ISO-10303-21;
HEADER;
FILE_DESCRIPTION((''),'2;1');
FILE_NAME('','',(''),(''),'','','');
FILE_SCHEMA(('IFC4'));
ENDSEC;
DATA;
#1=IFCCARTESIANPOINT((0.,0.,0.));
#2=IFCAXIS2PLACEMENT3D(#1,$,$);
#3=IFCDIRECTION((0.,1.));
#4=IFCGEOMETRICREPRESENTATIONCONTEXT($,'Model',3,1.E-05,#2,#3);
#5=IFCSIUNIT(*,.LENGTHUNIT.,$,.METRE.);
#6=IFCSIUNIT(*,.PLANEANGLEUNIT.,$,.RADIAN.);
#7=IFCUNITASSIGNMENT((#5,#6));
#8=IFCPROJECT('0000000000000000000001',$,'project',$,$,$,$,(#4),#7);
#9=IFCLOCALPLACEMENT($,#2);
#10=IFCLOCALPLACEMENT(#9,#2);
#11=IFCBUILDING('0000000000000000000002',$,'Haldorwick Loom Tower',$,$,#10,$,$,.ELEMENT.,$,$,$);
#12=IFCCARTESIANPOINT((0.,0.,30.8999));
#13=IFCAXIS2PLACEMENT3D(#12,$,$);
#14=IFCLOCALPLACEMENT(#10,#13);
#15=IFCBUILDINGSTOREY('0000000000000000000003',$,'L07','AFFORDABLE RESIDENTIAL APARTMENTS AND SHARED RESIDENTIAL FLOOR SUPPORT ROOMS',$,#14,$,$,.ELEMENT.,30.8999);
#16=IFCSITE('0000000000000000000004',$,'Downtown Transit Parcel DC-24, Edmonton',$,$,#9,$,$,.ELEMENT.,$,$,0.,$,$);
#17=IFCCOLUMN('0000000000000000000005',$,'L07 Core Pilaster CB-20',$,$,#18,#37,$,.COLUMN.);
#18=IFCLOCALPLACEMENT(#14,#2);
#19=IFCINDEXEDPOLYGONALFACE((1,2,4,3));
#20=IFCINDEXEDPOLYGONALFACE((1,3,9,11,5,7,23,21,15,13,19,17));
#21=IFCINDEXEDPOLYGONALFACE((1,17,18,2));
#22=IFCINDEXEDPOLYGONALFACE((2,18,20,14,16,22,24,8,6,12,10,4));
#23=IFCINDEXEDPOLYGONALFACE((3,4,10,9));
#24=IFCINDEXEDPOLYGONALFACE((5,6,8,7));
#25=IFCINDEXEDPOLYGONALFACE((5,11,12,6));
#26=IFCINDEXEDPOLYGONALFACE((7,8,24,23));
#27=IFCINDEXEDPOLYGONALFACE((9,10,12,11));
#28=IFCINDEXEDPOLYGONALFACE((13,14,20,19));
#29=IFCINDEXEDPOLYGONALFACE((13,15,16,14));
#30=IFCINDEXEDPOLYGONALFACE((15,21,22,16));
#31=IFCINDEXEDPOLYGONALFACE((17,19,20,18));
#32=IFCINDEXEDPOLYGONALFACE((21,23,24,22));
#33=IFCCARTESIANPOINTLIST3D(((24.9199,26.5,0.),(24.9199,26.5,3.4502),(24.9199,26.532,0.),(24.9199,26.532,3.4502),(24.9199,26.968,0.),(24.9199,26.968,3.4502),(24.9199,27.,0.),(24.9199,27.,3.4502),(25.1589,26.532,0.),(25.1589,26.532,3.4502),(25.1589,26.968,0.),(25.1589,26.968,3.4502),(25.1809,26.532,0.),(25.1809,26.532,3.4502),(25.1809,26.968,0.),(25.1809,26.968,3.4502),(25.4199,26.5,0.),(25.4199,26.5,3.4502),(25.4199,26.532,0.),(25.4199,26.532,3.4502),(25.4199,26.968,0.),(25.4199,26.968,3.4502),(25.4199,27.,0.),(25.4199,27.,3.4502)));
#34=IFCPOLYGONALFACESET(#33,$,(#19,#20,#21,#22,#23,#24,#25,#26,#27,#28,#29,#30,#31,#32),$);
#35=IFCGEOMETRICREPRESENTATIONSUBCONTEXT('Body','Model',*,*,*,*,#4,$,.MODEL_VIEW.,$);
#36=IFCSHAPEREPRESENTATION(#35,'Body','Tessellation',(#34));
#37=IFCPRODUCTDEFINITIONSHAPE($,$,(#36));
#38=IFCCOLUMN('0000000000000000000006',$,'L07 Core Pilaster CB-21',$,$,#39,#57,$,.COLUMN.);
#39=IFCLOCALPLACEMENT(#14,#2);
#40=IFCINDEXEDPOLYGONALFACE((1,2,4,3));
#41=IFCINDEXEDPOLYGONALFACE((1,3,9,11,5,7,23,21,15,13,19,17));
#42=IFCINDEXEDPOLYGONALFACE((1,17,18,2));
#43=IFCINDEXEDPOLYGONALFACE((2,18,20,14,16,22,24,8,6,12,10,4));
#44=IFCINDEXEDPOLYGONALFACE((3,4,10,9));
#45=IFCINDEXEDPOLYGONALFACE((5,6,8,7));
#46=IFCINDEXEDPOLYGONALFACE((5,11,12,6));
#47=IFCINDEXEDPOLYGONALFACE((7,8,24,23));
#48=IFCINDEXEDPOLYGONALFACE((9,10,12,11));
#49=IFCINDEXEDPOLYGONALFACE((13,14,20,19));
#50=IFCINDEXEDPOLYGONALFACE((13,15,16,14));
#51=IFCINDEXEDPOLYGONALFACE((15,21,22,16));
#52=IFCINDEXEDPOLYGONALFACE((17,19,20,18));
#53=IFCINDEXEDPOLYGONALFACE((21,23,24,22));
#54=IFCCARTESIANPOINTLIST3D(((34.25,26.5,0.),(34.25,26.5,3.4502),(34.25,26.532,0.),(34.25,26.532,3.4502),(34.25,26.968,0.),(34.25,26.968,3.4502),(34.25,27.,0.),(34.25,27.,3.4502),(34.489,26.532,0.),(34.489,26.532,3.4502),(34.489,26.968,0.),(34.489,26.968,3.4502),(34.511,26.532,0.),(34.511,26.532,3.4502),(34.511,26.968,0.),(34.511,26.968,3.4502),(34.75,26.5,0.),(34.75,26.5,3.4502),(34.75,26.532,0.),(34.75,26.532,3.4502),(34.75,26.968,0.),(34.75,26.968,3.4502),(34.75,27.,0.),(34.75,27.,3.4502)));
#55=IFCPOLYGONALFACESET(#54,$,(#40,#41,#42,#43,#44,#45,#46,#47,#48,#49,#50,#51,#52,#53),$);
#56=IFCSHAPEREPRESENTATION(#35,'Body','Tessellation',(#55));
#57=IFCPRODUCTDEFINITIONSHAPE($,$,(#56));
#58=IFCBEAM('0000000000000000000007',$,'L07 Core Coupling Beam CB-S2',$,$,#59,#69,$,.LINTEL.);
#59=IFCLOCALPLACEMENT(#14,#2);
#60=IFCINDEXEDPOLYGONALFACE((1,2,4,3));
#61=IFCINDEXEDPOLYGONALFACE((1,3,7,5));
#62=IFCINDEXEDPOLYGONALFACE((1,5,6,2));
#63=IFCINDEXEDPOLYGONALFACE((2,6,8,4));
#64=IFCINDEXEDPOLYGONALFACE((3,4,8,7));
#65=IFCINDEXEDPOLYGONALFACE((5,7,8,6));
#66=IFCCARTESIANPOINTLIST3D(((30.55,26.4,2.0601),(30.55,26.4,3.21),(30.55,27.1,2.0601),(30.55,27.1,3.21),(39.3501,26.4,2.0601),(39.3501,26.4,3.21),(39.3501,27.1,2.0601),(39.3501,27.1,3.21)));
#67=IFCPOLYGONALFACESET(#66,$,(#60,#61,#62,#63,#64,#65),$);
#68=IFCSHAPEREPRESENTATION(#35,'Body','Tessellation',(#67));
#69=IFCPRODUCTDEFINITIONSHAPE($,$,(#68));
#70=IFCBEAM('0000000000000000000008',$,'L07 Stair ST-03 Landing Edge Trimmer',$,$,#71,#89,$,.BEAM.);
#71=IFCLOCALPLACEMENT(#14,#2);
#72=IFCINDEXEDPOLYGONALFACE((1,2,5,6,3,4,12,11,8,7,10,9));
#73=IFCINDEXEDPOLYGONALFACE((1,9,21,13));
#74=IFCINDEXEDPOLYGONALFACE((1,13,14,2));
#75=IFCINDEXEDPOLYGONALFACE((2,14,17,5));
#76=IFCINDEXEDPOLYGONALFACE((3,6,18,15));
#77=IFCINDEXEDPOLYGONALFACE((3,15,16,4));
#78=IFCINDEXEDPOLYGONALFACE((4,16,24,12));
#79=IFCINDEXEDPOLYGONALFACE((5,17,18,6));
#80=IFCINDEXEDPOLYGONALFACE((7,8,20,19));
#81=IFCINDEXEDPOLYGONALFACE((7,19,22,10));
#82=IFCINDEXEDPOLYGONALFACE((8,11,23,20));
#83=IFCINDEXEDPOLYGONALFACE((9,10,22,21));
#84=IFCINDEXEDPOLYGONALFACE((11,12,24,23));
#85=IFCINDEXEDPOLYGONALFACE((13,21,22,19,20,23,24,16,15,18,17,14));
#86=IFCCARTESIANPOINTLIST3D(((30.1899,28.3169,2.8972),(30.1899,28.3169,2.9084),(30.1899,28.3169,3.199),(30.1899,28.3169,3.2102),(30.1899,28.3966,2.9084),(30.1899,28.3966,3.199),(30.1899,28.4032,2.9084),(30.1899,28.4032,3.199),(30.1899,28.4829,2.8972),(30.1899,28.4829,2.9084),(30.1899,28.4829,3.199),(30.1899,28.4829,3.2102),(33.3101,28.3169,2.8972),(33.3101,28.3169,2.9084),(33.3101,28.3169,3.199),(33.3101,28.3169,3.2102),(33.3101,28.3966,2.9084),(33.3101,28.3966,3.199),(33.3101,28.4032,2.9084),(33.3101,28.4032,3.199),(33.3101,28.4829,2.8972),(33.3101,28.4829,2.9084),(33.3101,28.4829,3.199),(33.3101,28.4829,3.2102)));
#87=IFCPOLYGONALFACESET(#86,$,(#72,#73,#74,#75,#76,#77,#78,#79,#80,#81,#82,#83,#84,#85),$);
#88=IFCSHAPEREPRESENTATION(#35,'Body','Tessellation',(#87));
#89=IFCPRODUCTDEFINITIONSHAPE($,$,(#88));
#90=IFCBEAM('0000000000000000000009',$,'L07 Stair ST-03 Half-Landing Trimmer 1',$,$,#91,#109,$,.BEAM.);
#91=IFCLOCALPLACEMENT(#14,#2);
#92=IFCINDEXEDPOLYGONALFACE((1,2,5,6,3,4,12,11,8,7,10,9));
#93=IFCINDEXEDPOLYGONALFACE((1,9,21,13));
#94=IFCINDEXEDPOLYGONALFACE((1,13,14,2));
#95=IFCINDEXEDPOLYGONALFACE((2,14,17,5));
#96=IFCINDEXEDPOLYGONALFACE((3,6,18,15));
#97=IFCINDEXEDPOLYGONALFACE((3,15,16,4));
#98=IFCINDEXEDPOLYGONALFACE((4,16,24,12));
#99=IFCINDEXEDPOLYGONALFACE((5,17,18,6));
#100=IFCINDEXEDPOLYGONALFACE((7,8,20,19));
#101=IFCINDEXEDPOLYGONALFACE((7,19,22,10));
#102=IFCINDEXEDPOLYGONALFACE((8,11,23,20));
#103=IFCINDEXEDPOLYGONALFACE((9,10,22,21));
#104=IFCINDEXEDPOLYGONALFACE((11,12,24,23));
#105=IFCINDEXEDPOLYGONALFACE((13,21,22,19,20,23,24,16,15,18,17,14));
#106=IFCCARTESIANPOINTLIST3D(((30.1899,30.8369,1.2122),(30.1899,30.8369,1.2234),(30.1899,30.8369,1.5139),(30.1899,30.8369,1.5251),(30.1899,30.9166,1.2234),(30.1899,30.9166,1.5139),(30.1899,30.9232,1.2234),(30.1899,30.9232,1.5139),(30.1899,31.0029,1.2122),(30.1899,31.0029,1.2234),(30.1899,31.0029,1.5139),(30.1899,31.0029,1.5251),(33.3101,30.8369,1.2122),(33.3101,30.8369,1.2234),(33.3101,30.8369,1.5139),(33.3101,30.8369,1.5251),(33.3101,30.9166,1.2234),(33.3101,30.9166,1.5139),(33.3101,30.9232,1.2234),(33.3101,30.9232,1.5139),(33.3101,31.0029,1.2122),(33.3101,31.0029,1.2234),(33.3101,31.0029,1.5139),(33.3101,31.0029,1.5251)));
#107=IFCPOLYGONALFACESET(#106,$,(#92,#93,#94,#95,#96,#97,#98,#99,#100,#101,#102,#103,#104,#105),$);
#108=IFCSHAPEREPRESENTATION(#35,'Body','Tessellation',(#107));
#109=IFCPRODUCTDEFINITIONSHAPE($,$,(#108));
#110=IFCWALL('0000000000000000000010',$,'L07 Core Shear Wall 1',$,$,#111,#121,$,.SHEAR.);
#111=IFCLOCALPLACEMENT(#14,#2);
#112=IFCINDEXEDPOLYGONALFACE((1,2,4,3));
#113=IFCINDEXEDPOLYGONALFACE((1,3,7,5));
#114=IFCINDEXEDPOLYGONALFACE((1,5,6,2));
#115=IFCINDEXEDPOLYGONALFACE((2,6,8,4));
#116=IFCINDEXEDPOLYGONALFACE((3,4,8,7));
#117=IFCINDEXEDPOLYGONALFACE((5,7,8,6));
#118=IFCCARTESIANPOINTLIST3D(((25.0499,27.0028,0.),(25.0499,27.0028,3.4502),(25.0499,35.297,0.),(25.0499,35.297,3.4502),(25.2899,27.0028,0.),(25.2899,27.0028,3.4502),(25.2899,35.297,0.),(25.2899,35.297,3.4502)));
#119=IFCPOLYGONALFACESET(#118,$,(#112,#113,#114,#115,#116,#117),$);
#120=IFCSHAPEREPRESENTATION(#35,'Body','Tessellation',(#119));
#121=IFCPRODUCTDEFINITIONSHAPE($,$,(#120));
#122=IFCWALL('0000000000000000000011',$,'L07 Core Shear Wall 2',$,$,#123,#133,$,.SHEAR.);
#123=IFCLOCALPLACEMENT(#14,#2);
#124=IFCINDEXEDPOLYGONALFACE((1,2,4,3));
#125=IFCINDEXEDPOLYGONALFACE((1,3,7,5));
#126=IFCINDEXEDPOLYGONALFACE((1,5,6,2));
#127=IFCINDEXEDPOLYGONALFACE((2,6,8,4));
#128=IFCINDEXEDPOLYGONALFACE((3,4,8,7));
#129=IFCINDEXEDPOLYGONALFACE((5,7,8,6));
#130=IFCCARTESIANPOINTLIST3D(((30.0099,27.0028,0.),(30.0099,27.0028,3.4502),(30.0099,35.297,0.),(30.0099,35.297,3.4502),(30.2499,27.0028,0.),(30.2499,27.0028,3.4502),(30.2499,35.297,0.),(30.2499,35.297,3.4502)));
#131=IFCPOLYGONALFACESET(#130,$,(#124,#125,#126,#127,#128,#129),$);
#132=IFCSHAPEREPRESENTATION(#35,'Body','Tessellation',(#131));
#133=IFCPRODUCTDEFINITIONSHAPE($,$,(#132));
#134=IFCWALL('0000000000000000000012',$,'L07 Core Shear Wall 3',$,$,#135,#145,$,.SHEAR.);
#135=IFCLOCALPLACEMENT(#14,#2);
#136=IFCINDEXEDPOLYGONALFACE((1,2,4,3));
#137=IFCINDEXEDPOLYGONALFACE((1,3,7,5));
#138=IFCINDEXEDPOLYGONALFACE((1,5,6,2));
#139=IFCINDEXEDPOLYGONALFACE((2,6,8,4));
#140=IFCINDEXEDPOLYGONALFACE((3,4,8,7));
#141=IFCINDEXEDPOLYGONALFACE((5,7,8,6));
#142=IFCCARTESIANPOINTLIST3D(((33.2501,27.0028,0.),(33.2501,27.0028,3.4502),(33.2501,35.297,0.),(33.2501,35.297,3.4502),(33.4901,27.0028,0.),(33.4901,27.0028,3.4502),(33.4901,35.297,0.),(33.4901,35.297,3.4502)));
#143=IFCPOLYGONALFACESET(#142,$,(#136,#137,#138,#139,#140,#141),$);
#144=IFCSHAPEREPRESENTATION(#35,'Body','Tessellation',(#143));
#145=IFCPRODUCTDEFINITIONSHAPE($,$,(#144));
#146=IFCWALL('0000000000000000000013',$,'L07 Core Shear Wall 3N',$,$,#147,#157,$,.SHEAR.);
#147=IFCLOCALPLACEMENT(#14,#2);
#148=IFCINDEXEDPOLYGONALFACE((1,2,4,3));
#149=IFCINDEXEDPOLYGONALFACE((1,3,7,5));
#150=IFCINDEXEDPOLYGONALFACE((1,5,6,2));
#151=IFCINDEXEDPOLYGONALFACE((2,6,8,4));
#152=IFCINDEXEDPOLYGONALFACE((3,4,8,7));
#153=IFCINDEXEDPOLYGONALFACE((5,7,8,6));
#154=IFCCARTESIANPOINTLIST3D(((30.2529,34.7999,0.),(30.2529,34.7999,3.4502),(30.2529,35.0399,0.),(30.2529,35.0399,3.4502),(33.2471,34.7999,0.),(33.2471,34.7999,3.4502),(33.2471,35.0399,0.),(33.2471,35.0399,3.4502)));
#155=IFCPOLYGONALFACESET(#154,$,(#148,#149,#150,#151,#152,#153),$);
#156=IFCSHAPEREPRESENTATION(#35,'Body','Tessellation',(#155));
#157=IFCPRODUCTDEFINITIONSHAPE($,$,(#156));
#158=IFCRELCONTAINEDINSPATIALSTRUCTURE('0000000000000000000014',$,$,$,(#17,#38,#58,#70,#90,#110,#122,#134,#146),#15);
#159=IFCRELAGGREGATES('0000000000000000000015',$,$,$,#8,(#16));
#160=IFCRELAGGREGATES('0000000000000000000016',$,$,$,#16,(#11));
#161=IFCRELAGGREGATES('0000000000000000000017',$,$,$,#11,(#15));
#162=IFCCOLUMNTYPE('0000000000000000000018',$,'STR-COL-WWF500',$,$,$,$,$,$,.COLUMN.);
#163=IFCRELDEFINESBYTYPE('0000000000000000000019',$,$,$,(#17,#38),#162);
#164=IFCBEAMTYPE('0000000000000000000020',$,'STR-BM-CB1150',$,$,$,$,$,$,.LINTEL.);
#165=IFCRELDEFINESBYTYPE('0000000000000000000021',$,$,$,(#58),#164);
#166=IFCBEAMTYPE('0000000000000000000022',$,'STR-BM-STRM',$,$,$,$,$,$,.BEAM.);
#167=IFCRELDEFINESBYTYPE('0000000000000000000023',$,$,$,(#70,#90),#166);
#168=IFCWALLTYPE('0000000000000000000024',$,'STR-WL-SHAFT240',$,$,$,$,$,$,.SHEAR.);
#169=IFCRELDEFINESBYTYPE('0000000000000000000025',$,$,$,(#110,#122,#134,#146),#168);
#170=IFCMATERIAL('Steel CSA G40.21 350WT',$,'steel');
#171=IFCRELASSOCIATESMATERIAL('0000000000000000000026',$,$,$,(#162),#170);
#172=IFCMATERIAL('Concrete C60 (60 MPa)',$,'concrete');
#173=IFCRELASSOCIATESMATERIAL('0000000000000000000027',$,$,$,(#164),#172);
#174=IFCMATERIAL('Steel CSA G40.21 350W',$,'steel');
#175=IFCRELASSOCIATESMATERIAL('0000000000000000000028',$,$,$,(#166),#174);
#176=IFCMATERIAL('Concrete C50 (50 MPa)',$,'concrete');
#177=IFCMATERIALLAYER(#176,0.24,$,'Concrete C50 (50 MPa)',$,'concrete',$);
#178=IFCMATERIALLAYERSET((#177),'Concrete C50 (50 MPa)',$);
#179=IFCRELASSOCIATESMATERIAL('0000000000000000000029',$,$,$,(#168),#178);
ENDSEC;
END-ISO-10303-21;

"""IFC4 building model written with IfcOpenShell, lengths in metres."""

from ifc_helpers import new_model, si_unit, direction, frame, frame_2d, origin, origin_2d, place, context, subcontext, project, spatial, rectangle, i_section, extrude, material, layer, layer_set, material_profile, profile_set, type_object, element, save


model = new_model("IFC4")

# Units and contexts
model_context = context("Model", 3, precision=1e-05, world=origin(), true_north=direction((0.0, 1.0)))
body_context = subcontext(model_context, "Body", "Model", "MODEL_VIEW")
ifc_project = project(units=[si_unit("LENGTHUNIT", "METRE"), si_unit("PLANEANGLEUNIT", "RADIAN")], contexts=[model_context])

# Site, building, storey
site_placement = place(None, origin())
site = spatial("IfcSite", under=ifc_project, at=site_placement, Name="Downtown Transit Parcel DC-24, Edmonton", CompositionType="ELEMENT", RefElevation=0.0)
building_placement = place(site_placement, origin())
building = spatial("IfcBuilding", under=site, at=building_placement, Name="Haldorwick Loom Tower", CompositionType="ELEMENT")
storey_placement = place(building_placement, frame((0.0, 0.0, 30.8999)))
storey = spatial("IfcBuildingStorey", under=building, at=storey_placement, Name="L07", Description="AFFORDABLE RESIDENTIAL APARTMENTS AND SHARED RESIDENTIAL FLOOR SUPPORT ROOMS", CompositionType="ELEMENT", Elevation=30.8999)

# Columns
ifc_material_1 = material(Name="Steel CSA G40.21 350WT", Category="steel")
ifc_material_profile_1 = material_profile(ifc_material_1, i_section(OverallWidth=0.5, OverallDepth=0.5, WebThickness=0.022, FlangeThickness=0.032, at=origin_2d()), Name="WWF500X500", Category="steel")
ifc_profile_set_1 = profile_set([ifc_material_profile_1], Name="Steel CSA G40.21 350WT")
column_type = type_object("IfcColumnType", Name="STR-COL-WWF500", PredefinedType="COLUMN", material=ifc_profile_set_1)
for number, where, z_axis, x_axis, name in (
    (1, (25.1699, 26.75, 0.0), (0.0, 0.0, 1.0), (1.0, 0.0, 0.0), "L07 Core Pilaster CB-20"),
    (2, (34.5, 26.75, 0.0), (0.0, 0.0, 1.0), (1.0, 0.0, 0.0), "L07 Core Pilaster CB-21"),
):
    element("IfcColumn", number, at=place(storey_placement, frame(where, z_axis=z_axis, x_axis=x_axis)), inside=storey, type_object=column_type, Name=name, PredefinedType="COLUMN", context=body_context, shape_type="SweptSolid", body=[
        extrude(i_section(OverallWidth=0.5, OverallDepth=0.5, WebThickness=0.022, FlangeThickness=0.032, at=origin_2d()), origin(), (0.0, 0.0, 1.0), 3.4502),
    ])

# Beams
ifc_material_2 = material(Name="Concrete C60 (60 MPa)", Category="concrete")
ifc_material_profile_2 = material_profile(ifc_material_2, rectangle(XDim=0.7, YDim=1.1499, at=origin_2d()), Name="RC700X1150", Category="concrete")
ifc_profile_set_2 = profile_set([ifc_material_profile_2], Name="Concrete C60 (60 MPa)")
beam_type_1 = type_object("IfcBeamType", Name="STR-BM-CB1150", PredefinedType="LINTEL", material=ifc_profile_set_2)
beam_placement = place(storey_placement, frame((30.55, 26.75, 2.635), z_axis=(1.0, 0.0, 0.0), x_axis=(0.0, 1.0, 0.0)))
element("IfcBeam", 3, at=beam_placement, inside=storey, type_object=beam_type_1, Name="L07 Core Coupling Beam CB-S2", PredefinedType="LINTEL", context=body_context, shape_type="SweptSolid", body=[
    extrude(rectangle(XDim=0.7, YDim=1.1499, at=origin_2d()), origin(), (0.0, 0.0, 1.0), 8.8),
])
ifc_material_3 = material(Name="Steel CSA G40.21 350W", Category="steel")
ifc_material_profile_3 = material_profile(ifc_material_3, i_section(OverallWidth=0.166, OverallDepth=0.313, WebThickness=0.0066, FlangeThickness=0.0112, at=origin_2d()), Name="W310X45", Category="steel")
ifc_profile_set_3 = profile_set([ifc_material_profile_3], Name="Steel CSA G40.21 350W")
beam_type_2 = type_object("IfcBeamType", Name="STR-BM-STRM", PredefinedType="BEAM", material=ifc_profile_set_3)
for number, where, z_axis, x_axis, name in (
    (4, (30.1899, 28.3999, 3.0537), (1.0, 0.0, 0.0), (0.0, 1.0, 0.0), "L07 Stair ST-03 Landing Edge Trimmer"),
    (5, (30.1899, 30.9199, 1.3687), (1.0, 0.0, 0.0), (0.0, 1.0, 0.0), "L07 Stair ST-03 Half-Landing Trimmer 1"),
):
    element("IfcBeam", number, at=place(storey_placement, frame(where, z_axis=z_axis, x_axis=x_axis)), inside=storey, type_object=beam_type_2, Name=name, PredefinedType="BEAM", context=body_context, shape_type="SweptSolid", body=[
        extrude(i_section(OverallWidth=0.166, OverallDepth=0.313, WebThickness=0.0066, FlangeThickness=0.0112, at=origin_2d()), origin(), (0.0, 0.0, 1.0), 3.1201),
    ])

# Walls
ifc_material_4 = material(Name="Concrete C50 (50 MPa)", Category="concrete")
ifc_layer = layer(ifc_material_4, 0.24, Name="Concrete C50 (50 MPa)", Category="concrete")
ifc_layer_set = layer_set([ifc_layer], Name="Concrete C50 (50 MPa)")
wall_type = type_object("IfcWallType", Name="STR-WL-SHAFT240", PredefinedType="SHEAR", material=ifc_layer_set)
for number, where, z_axis, x_axis, name in (
    (6, (25.1699, 27.0029, 0.0), (0.0, 0.0, 1.0), (0.0, 1.0, 0.0), "L07 Core Shear Wall 1"),
    (7, (30.1299, 27.0029, 0.0), (0.0, 0.0, 1.0), (0.0, 1.0, 0.0), "L07 Core Shear Wall 2"),
    (8, (33.3701, 27.0029, 0.0), (0.0, 0.0, 1.0), (0.0, 1.0, 0.0), "L07 Core Shear Wall 3"),
):
    element("IfcWall", number, at=place(storey_placement, frame(where, z_axis=z_axis, x_axis=x_axis)), inside=storey, type_object=wall_type, Name=name, PredefinedType="SHEAR", context=body_context, shape_type="SweptSolid", body=[
        extrude(rectangle(XDim=8.2942, YDim=0.24, at=frame_2d((4.147, 0.0))), origin(), (0.0, 0.0, 1.0), 3.4502),
    ])
wall_1_placement = place(storey_placement, frame((30.2529, 34.9199, 0.0), z_axis=(0.0, 0.0, 1.0), x_axis=(1.0, 0.0, 0.0)))
element("IfcWall", 9, at=wall_1_placement, inside=storey, type_object=wall_type, Name="L07 Core Shear Wall 3N", PredefinedType="SHEAR", context=body_context, shape_type="SweptSolid", body=[
    extrude(rectangle(XDim=2.9941, YDim=0.24, at=frame_2d((1.4971, 0.0))), origin(), (0.0, 0.0, 1.0), 3.4502),
])

save(model, "model.ifc")
